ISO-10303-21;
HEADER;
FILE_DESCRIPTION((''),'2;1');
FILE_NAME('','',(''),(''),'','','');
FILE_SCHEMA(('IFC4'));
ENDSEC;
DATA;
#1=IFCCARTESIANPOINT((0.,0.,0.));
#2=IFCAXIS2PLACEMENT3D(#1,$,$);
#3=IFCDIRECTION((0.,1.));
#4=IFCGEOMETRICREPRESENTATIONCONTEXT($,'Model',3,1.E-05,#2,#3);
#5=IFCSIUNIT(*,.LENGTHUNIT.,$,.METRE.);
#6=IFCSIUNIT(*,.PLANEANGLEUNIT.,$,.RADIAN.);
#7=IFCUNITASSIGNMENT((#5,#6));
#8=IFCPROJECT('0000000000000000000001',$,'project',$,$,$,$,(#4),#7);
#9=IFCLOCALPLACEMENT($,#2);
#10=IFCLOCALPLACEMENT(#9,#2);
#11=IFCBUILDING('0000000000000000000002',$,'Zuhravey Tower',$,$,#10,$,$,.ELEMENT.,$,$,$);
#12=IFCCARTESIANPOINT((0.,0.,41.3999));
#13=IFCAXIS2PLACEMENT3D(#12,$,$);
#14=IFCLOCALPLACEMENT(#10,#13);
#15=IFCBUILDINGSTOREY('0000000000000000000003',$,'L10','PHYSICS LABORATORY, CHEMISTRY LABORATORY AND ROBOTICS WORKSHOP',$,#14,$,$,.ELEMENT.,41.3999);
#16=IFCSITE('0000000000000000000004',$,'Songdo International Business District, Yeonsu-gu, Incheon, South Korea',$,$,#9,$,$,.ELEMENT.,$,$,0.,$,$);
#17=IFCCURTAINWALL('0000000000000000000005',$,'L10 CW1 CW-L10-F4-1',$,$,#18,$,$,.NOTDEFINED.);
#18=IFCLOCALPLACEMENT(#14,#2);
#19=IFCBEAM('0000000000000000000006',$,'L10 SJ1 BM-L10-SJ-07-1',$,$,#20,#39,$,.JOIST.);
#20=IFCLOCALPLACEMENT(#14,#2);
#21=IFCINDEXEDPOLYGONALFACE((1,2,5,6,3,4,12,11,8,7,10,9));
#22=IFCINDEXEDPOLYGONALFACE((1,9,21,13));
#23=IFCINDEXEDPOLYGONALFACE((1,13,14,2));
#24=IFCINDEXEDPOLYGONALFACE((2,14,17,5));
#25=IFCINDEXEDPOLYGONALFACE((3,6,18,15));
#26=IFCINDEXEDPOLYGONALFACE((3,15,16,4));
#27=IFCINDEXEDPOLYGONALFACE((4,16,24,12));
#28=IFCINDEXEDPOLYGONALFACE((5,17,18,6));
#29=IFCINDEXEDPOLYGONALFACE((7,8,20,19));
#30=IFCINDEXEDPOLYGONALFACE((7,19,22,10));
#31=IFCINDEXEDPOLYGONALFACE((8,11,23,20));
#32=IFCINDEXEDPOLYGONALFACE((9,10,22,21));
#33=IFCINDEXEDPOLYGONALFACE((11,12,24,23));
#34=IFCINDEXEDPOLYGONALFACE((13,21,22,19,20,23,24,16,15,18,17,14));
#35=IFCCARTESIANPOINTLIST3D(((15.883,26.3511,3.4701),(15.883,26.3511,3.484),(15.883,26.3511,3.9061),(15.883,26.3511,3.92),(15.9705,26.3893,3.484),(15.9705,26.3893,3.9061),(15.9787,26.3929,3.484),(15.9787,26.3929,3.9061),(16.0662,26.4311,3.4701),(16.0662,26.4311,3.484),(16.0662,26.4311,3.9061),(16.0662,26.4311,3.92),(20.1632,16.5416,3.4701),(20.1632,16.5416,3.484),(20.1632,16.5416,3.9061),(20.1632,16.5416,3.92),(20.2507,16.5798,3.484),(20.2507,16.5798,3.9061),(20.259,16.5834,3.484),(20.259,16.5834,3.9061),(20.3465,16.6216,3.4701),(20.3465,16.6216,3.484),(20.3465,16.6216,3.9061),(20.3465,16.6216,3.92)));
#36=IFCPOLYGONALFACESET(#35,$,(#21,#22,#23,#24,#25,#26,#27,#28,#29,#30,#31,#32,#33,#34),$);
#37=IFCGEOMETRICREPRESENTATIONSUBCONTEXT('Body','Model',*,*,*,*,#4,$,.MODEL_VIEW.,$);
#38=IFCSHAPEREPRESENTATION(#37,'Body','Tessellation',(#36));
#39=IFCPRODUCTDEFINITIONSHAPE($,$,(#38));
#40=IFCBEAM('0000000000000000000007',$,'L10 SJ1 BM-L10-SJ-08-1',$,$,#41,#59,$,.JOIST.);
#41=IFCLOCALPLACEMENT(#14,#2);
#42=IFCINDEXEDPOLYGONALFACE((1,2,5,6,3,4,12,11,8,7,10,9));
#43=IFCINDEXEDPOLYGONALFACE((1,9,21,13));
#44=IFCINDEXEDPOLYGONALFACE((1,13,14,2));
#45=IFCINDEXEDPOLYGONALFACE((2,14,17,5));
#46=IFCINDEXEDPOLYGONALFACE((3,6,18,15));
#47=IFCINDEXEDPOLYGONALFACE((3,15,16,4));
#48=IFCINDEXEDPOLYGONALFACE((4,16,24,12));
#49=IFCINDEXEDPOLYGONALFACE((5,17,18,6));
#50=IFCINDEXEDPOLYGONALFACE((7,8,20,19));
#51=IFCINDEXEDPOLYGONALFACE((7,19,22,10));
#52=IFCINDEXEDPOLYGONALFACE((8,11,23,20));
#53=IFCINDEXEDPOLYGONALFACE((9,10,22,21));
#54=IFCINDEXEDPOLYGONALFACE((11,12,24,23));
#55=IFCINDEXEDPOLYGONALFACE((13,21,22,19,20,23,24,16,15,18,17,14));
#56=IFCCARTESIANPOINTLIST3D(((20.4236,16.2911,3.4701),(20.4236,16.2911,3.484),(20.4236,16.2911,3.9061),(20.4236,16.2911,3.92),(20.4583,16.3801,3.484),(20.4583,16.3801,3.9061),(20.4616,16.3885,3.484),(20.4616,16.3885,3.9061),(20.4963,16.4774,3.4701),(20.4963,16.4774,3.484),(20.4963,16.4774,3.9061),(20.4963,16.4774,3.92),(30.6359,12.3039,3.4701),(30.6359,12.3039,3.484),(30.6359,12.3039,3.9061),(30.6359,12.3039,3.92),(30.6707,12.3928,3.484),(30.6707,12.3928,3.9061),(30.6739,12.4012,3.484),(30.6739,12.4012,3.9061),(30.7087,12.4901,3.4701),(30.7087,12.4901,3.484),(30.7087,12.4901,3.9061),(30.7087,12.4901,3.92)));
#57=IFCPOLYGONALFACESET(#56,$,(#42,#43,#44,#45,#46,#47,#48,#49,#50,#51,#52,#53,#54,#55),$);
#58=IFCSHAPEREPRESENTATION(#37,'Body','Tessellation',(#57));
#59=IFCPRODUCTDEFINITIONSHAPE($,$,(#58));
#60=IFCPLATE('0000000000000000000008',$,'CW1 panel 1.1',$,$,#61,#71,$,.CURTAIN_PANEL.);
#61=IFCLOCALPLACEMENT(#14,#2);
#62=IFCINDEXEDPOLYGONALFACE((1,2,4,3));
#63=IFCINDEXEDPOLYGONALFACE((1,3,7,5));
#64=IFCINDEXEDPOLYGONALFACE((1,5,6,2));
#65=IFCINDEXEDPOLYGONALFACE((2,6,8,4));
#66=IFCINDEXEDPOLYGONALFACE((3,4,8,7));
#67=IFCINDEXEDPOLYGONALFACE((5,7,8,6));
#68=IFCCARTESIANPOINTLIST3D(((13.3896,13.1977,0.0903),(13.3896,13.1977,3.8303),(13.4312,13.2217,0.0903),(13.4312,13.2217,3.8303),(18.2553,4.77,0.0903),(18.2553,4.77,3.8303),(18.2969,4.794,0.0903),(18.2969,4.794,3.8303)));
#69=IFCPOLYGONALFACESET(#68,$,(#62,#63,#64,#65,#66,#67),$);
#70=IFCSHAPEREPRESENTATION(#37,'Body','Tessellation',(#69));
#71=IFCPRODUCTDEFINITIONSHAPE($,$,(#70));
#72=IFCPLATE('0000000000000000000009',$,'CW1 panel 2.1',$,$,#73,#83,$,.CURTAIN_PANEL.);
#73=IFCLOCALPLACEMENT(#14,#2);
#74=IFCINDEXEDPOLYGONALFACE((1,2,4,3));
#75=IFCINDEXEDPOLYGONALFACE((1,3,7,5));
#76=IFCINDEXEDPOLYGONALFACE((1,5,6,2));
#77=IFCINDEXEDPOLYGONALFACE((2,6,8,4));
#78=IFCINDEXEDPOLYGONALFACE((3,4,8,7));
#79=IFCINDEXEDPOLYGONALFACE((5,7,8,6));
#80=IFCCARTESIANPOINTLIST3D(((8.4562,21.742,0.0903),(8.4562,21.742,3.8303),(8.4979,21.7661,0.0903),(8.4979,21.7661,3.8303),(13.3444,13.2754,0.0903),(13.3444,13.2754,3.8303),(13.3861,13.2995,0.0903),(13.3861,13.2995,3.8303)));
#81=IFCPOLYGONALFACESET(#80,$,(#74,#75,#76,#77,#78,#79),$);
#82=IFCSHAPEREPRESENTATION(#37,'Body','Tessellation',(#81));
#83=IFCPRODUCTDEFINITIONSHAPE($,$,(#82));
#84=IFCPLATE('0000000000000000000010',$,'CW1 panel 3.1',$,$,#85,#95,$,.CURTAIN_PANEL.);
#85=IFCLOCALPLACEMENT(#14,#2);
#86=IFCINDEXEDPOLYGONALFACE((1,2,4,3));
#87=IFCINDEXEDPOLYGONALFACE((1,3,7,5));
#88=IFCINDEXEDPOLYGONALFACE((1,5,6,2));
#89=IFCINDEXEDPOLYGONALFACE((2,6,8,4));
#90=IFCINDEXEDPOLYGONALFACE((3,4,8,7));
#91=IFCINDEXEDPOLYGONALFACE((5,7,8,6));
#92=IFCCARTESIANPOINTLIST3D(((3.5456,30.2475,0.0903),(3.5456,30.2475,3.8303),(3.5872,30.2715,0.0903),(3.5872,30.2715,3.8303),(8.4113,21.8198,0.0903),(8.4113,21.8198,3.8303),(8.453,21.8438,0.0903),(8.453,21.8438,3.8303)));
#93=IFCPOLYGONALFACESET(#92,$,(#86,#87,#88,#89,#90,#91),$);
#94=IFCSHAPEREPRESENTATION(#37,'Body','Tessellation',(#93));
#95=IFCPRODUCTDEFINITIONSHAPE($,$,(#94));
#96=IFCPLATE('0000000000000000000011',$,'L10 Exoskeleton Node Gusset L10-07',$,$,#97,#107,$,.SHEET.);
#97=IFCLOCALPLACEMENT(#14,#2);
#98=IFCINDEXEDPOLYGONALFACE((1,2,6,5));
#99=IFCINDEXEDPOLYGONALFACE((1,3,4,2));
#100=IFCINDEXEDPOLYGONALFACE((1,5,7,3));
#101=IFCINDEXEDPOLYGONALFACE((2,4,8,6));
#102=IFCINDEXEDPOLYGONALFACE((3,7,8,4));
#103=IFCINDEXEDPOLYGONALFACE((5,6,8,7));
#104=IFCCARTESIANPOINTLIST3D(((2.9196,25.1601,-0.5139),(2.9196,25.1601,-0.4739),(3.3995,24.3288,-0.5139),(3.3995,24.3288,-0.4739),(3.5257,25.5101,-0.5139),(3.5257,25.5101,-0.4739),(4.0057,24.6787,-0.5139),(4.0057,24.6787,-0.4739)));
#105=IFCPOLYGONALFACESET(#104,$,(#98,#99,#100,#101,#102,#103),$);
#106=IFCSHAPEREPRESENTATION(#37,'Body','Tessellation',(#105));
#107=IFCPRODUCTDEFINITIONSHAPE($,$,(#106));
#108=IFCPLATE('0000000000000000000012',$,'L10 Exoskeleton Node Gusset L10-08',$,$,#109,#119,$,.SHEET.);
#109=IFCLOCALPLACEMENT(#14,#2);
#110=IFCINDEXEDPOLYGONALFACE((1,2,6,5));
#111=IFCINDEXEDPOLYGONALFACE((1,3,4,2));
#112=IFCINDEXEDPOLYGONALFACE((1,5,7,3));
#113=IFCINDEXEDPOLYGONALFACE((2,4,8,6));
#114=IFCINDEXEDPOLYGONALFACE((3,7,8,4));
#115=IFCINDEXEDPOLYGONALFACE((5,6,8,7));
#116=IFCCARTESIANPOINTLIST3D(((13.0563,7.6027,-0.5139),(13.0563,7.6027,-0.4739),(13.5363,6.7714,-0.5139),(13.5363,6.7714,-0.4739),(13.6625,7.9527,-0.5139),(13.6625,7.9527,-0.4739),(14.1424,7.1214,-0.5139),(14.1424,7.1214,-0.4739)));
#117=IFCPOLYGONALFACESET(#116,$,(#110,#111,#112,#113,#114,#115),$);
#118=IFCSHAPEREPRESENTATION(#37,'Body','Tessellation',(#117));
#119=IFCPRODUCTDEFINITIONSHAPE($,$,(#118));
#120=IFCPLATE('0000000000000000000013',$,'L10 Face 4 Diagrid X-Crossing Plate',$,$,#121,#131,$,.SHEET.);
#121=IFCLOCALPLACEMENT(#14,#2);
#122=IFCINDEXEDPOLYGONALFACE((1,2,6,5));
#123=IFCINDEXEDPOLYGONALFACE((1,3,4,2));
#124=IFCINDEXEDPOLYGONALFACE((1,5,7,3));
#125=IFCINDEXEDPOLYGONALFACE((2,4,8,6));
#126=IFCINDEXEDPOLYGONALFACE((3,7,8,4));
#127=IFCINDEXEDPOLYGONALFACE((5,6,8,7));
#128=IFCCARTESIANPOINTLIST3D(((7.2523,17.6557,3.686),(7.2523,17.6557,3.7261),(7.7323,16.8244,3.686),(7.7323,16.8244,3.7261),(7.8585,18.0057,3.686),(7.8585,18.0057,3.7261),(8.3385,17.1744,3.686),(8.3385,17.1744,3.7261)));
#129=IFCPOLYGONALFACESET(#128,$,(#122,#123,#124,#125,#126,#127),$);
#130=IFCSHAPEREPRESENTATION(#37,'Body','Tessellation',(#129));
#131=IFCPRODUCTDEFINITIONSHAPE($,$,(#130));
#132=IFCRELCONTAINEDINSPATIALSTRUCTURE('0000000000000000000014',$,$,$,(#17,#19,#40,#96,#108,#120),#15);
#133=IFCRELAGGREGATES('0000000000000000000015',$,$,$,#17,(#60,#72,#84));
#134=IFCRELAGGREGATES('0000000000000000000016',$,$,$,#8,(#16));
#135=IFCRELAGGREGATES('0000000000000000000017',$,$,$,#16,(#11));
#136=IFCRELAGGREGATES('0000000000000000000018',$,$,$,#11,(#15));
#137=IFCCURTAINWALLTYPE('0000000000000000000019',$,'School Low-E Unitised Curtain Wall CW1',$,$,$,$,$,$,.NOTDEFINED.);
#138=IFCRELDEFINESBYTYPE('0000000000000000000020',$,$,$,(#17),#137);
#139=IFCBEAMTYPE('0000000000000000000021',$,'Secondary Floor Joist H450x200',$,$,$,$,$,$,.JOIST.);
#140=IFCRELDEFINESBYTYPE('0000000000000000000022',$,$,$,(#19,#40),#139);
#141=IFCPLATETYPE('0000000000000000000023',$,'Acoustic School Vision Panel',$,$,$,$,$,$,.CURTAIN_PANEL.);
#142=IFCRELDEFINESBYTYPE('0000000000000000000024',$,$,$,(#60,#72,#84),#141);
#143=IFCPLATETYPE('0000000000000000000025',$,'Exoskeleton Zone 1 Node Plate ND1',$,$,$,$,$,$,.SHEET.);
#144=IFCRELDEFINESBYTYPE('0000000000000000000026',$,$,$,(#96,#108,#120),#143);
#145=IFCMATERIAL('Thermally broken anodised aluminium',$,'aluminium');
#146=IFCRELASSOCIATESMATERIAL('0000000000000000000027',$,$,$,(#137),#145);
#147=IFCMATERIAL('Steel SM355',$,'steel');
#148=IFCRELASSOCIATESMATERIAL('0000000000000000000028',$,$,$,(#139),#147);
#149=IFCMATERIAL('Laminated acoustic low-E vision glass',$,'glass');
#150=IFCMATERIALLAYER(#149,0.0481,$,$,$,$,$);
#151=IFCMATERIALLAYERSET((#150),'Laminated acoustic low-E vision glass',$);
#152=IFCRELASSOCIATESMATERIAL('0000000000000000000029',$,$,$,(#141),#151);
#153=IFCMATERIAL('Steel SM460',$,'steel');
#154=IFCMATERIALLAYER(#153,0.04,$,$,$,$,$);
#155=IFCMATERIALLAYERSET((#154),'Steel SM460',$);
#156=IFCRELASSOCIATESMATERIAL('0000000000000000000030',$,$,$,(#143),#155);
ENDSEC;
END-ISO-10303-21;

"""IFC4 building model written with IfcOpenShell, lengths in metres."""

from ifc_helpers import new_model, si_unit, direction, frame, origin, origin_2d, place, context, subcontext, project, spatial, rectangle, i_section, extrude, material, layer, layer_set, material_profile, profile_set, type_object, element, aggregate, save


model = new_model("IFC4")

# Units and contexts
model_context = context("Model", 3, precision=1e-05, world=origin(), true_north=direction((0.0, 1.0)))
body_context = subcontext(model_context, "Body", "Model", "MODEL_VIEW")
ifc_project = project(units=[si_unit("LENGTHUNIT", "METRE"), si_unit("PLANEANGLEUNIT", "RADIAN")], contexts=[model_context])

# Site, building, storey
site_placement = place(None, origin())
site = spatial("IfcSite", under=ifc_project, at=site_placement, Name="Songdo International Business District, Yeonsu-gu, Incheon, South Korea", CompositionType="ELEMENT", RefElevation=0.0)
building_placement = place(site_placement, origin())
building = spatial("IfcBuilding", under=site, at=building_placement, Name="Zuhravey Tower", CompositionType="ELEMENT")
storey_placement = place(building_placement, frame((0.0, 0.0, 41.3999)))
storey = spatial("IfcBuildingStorey", under=building, at=storey_placement, Name="L10", Description="PHYSICS LABORATORY, CHEMISTRY LABORATORY AND ROBOTICS WORKSHOP", CompositionType="ELEMENT", Elevation=41.3999)

# Shared definitions
ifc_material_1 = material(Name="Thermally broken anodised aluminium", Category="aluminium")
curtain_wall_type = type_object("IfcCurtainWallType", Name="School Low-E Unitised Curtain Wall CW1", PredefinedType="NOTDEFINED", material=ifc_material_1)

# Curtain wall
curtain_wall_1_placement = place(storey_placement, origin())
curtain_wall_1 = element("IfcCurtainWall", 1, at=curtain_wall_1_placement, inside=storey, type_object=curtain_wall_type, Name="L10 CW1 CW-L10-F4-1", PredefinedType="NOTDEFINED")

# Shared definitions
ifc_material_2 = material(Name="Steel SM355", Category="steel")
ifc_material_3 = material(Name="Steel SM460", Category="steel")

# Beams
ifc_material_profile_1 = material_profile(ifc_material_2, i_section(OverallWidth=0.2, OverallDepth=0.45, WebThickness=0.009, FlangeThickness=0.0139, at=origin_2d()), Name="H-450x200x9x14")
ifc_profile_set_1 = profile_set([ifc_material_profile_1], Name="Steel SM355")
beam_type_1 = type_object("IfcBeamType", Name="Secondary Floor Joist H450x200", PredefinedType="JOIST", material=ifc_profile_set_1)
beam_1_placement = place(storey_placement, frame((15.9746, 26.3911, 3.6951), z_axis=(0.399924, -0.916549, 0.0), x_axis=(0.916549, 0.399924, 0.0)))
element("IfcBeam", 2, at=beam_1_placement, inside=storey, type_object=beam_type_1, Name="L10 SJ1 BM-L10-SJ-07-1", PredefinedType="JOIST", context=body_context, shape_type="SweptSolid", body=[
    extrude(i_section(OverallWidth=0.2, OverallDepth=0.45, WebThickness=0.009, FlangeThickness=0.0139, at=origin_2d()), origin(), (0.0, 0.0, 1.0), 10.7026),
])
beam_2_placement = place(storey_placement, frame((20.46, 16.3843, 3.6951), z_axis=(0.931517, -0.363699, 0.0), x_axis=(0.363699, 0.931517, 0.0)))
element("IfcBeam", 3, at=beam_2_placement, inside=storey, type_object=beam_type_1, Name="L10 SJ1 BM-L10-SJ-08-1", PredefinedType="JOIST", context=body_context, shape_type="SweptSolid", body=[
    extrude(i_section(OverallWidth=0.2, OverallDepth=0.45, WebThickness=0.009, FlangeThickness=0.0139, at=origin_2d()), origin(), (0.0, 0.0, 1.0), 10.9631),
])

# Plates
ifc_material_4 = material(Name="Laminated acoustic low-E vision glass", Category="glass")
ifc_layer_1 = layer(ifc_material_4, 0.0481)
ifc_layer_set_1 = layer_set([ifc_layer_1], Name="Laminated acoustic low-E vision glass")
plate_type_1 = type_object("IfcPlateType", Name="Acoustic School Vision Panel", PredefinedType="CURTAIN_PANEL", material=ifc_layer_set_1)
plate_1_placement = place(storey_placement, frame((15.8433, 8.9958, 0.0903), z_axis=(0.0, 0.0, 1.0), x_axis=(-0.5, 0.866026, 0.0)))
plate_1 = element("IfcPlate", 4, at=plate_1_placement, type_object=plate_type_1, Name="CW1 panel 1.1", PredefinedType="CURTAIN_PANEL", context=body_context, shape_type="SweptSolid", body=[
    extrude(rectangle(XDim=9.7314, YDim=0.0481, at=origin_2d()), origin(), (0.0, 0.0, 1.0), 3.74),
])
plate_2_placement = place(storey_placement, frame((10.9211, 17.5208, 0.0903), z_axis=(0.0, 0.0, 1.0), x_axis=(-0.5, 0.866026, 0.0)))
plate_2 = element("IfcPlate", 5, at=plate_2_placement, type_object=plate_type_1, Name="CW1 panel 2.1", PredefinedType="CURTAIN_PANEL", context=body_context, shape_type="SweptSolid", body=[
    extrude(rectangle(XDim=9.7764, YDim=0.0481, at=origin_2d()), origin(), (0.0, 0.0, 1.0), 3.74),
])
plate_3_placement = place(storey_placement, frame((5.9993, 26.0457, 0.0903), z_axis=(0.0, 0.0, 1.0), x_axis=(-0.5, 0.866026, 0.0)))
plate_3 = element("IfcPlate", 6, at=plate_3_placement, type_object=plate_type_1, Name="CW1 panel 3.1", PredefinedType="CURTAIN_PANEL", context=body_context, shape_type="SweptSolid", body=[
    extrude(rectangle(XDim=9.7314, YDim=0.0481, at=origin_2d()), origin(), (0.0, 0.0, 1.0), 3.74),
])
aggregate(curtain_wall_1, [plate_1, plate_2, plate_3])

# Plates
ifc_layer_2 = layer(ifc_material_3, 0.04)
ifc_layer_set_2 = layer_set([ifc_layer_2], Name="Steel SM460")
plate_type_2 = type_object("IfcPlateType", Name="Exoskeleton Zone 1 Node Plate ND1", PredefinedType="SHEET", material=ifc_layer_set_2)
for number, where, z_axis, x_axis, name in (
    (7, (3.4626, 24.9194, -0.5139), (0.0, 0.0, 1.0), (0.5, -0.866025, 0.0), "L10 Exoskeleton Node Gusset L10-07"),
    (8, (13.5994, 7.3621, -0.5139), (0.0, 0.0, 1.0), (0.5, -0.866025, 0.0), "L10 Exoskeleton Node Gusset L10-08"),
    (9, (7.7954, 17.415, 3.686), (0.0, 0.0, 1.0), (0.5, -0.866025, 0.0), "L10 Face 4 Diagrid X-Crossing Plate"),
):
    element("IfcPlate", number, at=place(storey_placement, frame(where, z_axis=z_axis, x_axis=x_axis)), inside=storey, type_object=plate_type_2, Name=name, PredefinedType="SHEET", context=body_context, shape_type="SweptSolid", body=[
        extrude(rectangle(XDim=0.96, YDim=0.7, at=origin_2d()), origin(), (0.0, 0.0, 1.0), 0.04),
    ])

save(model, "model.ifc")
